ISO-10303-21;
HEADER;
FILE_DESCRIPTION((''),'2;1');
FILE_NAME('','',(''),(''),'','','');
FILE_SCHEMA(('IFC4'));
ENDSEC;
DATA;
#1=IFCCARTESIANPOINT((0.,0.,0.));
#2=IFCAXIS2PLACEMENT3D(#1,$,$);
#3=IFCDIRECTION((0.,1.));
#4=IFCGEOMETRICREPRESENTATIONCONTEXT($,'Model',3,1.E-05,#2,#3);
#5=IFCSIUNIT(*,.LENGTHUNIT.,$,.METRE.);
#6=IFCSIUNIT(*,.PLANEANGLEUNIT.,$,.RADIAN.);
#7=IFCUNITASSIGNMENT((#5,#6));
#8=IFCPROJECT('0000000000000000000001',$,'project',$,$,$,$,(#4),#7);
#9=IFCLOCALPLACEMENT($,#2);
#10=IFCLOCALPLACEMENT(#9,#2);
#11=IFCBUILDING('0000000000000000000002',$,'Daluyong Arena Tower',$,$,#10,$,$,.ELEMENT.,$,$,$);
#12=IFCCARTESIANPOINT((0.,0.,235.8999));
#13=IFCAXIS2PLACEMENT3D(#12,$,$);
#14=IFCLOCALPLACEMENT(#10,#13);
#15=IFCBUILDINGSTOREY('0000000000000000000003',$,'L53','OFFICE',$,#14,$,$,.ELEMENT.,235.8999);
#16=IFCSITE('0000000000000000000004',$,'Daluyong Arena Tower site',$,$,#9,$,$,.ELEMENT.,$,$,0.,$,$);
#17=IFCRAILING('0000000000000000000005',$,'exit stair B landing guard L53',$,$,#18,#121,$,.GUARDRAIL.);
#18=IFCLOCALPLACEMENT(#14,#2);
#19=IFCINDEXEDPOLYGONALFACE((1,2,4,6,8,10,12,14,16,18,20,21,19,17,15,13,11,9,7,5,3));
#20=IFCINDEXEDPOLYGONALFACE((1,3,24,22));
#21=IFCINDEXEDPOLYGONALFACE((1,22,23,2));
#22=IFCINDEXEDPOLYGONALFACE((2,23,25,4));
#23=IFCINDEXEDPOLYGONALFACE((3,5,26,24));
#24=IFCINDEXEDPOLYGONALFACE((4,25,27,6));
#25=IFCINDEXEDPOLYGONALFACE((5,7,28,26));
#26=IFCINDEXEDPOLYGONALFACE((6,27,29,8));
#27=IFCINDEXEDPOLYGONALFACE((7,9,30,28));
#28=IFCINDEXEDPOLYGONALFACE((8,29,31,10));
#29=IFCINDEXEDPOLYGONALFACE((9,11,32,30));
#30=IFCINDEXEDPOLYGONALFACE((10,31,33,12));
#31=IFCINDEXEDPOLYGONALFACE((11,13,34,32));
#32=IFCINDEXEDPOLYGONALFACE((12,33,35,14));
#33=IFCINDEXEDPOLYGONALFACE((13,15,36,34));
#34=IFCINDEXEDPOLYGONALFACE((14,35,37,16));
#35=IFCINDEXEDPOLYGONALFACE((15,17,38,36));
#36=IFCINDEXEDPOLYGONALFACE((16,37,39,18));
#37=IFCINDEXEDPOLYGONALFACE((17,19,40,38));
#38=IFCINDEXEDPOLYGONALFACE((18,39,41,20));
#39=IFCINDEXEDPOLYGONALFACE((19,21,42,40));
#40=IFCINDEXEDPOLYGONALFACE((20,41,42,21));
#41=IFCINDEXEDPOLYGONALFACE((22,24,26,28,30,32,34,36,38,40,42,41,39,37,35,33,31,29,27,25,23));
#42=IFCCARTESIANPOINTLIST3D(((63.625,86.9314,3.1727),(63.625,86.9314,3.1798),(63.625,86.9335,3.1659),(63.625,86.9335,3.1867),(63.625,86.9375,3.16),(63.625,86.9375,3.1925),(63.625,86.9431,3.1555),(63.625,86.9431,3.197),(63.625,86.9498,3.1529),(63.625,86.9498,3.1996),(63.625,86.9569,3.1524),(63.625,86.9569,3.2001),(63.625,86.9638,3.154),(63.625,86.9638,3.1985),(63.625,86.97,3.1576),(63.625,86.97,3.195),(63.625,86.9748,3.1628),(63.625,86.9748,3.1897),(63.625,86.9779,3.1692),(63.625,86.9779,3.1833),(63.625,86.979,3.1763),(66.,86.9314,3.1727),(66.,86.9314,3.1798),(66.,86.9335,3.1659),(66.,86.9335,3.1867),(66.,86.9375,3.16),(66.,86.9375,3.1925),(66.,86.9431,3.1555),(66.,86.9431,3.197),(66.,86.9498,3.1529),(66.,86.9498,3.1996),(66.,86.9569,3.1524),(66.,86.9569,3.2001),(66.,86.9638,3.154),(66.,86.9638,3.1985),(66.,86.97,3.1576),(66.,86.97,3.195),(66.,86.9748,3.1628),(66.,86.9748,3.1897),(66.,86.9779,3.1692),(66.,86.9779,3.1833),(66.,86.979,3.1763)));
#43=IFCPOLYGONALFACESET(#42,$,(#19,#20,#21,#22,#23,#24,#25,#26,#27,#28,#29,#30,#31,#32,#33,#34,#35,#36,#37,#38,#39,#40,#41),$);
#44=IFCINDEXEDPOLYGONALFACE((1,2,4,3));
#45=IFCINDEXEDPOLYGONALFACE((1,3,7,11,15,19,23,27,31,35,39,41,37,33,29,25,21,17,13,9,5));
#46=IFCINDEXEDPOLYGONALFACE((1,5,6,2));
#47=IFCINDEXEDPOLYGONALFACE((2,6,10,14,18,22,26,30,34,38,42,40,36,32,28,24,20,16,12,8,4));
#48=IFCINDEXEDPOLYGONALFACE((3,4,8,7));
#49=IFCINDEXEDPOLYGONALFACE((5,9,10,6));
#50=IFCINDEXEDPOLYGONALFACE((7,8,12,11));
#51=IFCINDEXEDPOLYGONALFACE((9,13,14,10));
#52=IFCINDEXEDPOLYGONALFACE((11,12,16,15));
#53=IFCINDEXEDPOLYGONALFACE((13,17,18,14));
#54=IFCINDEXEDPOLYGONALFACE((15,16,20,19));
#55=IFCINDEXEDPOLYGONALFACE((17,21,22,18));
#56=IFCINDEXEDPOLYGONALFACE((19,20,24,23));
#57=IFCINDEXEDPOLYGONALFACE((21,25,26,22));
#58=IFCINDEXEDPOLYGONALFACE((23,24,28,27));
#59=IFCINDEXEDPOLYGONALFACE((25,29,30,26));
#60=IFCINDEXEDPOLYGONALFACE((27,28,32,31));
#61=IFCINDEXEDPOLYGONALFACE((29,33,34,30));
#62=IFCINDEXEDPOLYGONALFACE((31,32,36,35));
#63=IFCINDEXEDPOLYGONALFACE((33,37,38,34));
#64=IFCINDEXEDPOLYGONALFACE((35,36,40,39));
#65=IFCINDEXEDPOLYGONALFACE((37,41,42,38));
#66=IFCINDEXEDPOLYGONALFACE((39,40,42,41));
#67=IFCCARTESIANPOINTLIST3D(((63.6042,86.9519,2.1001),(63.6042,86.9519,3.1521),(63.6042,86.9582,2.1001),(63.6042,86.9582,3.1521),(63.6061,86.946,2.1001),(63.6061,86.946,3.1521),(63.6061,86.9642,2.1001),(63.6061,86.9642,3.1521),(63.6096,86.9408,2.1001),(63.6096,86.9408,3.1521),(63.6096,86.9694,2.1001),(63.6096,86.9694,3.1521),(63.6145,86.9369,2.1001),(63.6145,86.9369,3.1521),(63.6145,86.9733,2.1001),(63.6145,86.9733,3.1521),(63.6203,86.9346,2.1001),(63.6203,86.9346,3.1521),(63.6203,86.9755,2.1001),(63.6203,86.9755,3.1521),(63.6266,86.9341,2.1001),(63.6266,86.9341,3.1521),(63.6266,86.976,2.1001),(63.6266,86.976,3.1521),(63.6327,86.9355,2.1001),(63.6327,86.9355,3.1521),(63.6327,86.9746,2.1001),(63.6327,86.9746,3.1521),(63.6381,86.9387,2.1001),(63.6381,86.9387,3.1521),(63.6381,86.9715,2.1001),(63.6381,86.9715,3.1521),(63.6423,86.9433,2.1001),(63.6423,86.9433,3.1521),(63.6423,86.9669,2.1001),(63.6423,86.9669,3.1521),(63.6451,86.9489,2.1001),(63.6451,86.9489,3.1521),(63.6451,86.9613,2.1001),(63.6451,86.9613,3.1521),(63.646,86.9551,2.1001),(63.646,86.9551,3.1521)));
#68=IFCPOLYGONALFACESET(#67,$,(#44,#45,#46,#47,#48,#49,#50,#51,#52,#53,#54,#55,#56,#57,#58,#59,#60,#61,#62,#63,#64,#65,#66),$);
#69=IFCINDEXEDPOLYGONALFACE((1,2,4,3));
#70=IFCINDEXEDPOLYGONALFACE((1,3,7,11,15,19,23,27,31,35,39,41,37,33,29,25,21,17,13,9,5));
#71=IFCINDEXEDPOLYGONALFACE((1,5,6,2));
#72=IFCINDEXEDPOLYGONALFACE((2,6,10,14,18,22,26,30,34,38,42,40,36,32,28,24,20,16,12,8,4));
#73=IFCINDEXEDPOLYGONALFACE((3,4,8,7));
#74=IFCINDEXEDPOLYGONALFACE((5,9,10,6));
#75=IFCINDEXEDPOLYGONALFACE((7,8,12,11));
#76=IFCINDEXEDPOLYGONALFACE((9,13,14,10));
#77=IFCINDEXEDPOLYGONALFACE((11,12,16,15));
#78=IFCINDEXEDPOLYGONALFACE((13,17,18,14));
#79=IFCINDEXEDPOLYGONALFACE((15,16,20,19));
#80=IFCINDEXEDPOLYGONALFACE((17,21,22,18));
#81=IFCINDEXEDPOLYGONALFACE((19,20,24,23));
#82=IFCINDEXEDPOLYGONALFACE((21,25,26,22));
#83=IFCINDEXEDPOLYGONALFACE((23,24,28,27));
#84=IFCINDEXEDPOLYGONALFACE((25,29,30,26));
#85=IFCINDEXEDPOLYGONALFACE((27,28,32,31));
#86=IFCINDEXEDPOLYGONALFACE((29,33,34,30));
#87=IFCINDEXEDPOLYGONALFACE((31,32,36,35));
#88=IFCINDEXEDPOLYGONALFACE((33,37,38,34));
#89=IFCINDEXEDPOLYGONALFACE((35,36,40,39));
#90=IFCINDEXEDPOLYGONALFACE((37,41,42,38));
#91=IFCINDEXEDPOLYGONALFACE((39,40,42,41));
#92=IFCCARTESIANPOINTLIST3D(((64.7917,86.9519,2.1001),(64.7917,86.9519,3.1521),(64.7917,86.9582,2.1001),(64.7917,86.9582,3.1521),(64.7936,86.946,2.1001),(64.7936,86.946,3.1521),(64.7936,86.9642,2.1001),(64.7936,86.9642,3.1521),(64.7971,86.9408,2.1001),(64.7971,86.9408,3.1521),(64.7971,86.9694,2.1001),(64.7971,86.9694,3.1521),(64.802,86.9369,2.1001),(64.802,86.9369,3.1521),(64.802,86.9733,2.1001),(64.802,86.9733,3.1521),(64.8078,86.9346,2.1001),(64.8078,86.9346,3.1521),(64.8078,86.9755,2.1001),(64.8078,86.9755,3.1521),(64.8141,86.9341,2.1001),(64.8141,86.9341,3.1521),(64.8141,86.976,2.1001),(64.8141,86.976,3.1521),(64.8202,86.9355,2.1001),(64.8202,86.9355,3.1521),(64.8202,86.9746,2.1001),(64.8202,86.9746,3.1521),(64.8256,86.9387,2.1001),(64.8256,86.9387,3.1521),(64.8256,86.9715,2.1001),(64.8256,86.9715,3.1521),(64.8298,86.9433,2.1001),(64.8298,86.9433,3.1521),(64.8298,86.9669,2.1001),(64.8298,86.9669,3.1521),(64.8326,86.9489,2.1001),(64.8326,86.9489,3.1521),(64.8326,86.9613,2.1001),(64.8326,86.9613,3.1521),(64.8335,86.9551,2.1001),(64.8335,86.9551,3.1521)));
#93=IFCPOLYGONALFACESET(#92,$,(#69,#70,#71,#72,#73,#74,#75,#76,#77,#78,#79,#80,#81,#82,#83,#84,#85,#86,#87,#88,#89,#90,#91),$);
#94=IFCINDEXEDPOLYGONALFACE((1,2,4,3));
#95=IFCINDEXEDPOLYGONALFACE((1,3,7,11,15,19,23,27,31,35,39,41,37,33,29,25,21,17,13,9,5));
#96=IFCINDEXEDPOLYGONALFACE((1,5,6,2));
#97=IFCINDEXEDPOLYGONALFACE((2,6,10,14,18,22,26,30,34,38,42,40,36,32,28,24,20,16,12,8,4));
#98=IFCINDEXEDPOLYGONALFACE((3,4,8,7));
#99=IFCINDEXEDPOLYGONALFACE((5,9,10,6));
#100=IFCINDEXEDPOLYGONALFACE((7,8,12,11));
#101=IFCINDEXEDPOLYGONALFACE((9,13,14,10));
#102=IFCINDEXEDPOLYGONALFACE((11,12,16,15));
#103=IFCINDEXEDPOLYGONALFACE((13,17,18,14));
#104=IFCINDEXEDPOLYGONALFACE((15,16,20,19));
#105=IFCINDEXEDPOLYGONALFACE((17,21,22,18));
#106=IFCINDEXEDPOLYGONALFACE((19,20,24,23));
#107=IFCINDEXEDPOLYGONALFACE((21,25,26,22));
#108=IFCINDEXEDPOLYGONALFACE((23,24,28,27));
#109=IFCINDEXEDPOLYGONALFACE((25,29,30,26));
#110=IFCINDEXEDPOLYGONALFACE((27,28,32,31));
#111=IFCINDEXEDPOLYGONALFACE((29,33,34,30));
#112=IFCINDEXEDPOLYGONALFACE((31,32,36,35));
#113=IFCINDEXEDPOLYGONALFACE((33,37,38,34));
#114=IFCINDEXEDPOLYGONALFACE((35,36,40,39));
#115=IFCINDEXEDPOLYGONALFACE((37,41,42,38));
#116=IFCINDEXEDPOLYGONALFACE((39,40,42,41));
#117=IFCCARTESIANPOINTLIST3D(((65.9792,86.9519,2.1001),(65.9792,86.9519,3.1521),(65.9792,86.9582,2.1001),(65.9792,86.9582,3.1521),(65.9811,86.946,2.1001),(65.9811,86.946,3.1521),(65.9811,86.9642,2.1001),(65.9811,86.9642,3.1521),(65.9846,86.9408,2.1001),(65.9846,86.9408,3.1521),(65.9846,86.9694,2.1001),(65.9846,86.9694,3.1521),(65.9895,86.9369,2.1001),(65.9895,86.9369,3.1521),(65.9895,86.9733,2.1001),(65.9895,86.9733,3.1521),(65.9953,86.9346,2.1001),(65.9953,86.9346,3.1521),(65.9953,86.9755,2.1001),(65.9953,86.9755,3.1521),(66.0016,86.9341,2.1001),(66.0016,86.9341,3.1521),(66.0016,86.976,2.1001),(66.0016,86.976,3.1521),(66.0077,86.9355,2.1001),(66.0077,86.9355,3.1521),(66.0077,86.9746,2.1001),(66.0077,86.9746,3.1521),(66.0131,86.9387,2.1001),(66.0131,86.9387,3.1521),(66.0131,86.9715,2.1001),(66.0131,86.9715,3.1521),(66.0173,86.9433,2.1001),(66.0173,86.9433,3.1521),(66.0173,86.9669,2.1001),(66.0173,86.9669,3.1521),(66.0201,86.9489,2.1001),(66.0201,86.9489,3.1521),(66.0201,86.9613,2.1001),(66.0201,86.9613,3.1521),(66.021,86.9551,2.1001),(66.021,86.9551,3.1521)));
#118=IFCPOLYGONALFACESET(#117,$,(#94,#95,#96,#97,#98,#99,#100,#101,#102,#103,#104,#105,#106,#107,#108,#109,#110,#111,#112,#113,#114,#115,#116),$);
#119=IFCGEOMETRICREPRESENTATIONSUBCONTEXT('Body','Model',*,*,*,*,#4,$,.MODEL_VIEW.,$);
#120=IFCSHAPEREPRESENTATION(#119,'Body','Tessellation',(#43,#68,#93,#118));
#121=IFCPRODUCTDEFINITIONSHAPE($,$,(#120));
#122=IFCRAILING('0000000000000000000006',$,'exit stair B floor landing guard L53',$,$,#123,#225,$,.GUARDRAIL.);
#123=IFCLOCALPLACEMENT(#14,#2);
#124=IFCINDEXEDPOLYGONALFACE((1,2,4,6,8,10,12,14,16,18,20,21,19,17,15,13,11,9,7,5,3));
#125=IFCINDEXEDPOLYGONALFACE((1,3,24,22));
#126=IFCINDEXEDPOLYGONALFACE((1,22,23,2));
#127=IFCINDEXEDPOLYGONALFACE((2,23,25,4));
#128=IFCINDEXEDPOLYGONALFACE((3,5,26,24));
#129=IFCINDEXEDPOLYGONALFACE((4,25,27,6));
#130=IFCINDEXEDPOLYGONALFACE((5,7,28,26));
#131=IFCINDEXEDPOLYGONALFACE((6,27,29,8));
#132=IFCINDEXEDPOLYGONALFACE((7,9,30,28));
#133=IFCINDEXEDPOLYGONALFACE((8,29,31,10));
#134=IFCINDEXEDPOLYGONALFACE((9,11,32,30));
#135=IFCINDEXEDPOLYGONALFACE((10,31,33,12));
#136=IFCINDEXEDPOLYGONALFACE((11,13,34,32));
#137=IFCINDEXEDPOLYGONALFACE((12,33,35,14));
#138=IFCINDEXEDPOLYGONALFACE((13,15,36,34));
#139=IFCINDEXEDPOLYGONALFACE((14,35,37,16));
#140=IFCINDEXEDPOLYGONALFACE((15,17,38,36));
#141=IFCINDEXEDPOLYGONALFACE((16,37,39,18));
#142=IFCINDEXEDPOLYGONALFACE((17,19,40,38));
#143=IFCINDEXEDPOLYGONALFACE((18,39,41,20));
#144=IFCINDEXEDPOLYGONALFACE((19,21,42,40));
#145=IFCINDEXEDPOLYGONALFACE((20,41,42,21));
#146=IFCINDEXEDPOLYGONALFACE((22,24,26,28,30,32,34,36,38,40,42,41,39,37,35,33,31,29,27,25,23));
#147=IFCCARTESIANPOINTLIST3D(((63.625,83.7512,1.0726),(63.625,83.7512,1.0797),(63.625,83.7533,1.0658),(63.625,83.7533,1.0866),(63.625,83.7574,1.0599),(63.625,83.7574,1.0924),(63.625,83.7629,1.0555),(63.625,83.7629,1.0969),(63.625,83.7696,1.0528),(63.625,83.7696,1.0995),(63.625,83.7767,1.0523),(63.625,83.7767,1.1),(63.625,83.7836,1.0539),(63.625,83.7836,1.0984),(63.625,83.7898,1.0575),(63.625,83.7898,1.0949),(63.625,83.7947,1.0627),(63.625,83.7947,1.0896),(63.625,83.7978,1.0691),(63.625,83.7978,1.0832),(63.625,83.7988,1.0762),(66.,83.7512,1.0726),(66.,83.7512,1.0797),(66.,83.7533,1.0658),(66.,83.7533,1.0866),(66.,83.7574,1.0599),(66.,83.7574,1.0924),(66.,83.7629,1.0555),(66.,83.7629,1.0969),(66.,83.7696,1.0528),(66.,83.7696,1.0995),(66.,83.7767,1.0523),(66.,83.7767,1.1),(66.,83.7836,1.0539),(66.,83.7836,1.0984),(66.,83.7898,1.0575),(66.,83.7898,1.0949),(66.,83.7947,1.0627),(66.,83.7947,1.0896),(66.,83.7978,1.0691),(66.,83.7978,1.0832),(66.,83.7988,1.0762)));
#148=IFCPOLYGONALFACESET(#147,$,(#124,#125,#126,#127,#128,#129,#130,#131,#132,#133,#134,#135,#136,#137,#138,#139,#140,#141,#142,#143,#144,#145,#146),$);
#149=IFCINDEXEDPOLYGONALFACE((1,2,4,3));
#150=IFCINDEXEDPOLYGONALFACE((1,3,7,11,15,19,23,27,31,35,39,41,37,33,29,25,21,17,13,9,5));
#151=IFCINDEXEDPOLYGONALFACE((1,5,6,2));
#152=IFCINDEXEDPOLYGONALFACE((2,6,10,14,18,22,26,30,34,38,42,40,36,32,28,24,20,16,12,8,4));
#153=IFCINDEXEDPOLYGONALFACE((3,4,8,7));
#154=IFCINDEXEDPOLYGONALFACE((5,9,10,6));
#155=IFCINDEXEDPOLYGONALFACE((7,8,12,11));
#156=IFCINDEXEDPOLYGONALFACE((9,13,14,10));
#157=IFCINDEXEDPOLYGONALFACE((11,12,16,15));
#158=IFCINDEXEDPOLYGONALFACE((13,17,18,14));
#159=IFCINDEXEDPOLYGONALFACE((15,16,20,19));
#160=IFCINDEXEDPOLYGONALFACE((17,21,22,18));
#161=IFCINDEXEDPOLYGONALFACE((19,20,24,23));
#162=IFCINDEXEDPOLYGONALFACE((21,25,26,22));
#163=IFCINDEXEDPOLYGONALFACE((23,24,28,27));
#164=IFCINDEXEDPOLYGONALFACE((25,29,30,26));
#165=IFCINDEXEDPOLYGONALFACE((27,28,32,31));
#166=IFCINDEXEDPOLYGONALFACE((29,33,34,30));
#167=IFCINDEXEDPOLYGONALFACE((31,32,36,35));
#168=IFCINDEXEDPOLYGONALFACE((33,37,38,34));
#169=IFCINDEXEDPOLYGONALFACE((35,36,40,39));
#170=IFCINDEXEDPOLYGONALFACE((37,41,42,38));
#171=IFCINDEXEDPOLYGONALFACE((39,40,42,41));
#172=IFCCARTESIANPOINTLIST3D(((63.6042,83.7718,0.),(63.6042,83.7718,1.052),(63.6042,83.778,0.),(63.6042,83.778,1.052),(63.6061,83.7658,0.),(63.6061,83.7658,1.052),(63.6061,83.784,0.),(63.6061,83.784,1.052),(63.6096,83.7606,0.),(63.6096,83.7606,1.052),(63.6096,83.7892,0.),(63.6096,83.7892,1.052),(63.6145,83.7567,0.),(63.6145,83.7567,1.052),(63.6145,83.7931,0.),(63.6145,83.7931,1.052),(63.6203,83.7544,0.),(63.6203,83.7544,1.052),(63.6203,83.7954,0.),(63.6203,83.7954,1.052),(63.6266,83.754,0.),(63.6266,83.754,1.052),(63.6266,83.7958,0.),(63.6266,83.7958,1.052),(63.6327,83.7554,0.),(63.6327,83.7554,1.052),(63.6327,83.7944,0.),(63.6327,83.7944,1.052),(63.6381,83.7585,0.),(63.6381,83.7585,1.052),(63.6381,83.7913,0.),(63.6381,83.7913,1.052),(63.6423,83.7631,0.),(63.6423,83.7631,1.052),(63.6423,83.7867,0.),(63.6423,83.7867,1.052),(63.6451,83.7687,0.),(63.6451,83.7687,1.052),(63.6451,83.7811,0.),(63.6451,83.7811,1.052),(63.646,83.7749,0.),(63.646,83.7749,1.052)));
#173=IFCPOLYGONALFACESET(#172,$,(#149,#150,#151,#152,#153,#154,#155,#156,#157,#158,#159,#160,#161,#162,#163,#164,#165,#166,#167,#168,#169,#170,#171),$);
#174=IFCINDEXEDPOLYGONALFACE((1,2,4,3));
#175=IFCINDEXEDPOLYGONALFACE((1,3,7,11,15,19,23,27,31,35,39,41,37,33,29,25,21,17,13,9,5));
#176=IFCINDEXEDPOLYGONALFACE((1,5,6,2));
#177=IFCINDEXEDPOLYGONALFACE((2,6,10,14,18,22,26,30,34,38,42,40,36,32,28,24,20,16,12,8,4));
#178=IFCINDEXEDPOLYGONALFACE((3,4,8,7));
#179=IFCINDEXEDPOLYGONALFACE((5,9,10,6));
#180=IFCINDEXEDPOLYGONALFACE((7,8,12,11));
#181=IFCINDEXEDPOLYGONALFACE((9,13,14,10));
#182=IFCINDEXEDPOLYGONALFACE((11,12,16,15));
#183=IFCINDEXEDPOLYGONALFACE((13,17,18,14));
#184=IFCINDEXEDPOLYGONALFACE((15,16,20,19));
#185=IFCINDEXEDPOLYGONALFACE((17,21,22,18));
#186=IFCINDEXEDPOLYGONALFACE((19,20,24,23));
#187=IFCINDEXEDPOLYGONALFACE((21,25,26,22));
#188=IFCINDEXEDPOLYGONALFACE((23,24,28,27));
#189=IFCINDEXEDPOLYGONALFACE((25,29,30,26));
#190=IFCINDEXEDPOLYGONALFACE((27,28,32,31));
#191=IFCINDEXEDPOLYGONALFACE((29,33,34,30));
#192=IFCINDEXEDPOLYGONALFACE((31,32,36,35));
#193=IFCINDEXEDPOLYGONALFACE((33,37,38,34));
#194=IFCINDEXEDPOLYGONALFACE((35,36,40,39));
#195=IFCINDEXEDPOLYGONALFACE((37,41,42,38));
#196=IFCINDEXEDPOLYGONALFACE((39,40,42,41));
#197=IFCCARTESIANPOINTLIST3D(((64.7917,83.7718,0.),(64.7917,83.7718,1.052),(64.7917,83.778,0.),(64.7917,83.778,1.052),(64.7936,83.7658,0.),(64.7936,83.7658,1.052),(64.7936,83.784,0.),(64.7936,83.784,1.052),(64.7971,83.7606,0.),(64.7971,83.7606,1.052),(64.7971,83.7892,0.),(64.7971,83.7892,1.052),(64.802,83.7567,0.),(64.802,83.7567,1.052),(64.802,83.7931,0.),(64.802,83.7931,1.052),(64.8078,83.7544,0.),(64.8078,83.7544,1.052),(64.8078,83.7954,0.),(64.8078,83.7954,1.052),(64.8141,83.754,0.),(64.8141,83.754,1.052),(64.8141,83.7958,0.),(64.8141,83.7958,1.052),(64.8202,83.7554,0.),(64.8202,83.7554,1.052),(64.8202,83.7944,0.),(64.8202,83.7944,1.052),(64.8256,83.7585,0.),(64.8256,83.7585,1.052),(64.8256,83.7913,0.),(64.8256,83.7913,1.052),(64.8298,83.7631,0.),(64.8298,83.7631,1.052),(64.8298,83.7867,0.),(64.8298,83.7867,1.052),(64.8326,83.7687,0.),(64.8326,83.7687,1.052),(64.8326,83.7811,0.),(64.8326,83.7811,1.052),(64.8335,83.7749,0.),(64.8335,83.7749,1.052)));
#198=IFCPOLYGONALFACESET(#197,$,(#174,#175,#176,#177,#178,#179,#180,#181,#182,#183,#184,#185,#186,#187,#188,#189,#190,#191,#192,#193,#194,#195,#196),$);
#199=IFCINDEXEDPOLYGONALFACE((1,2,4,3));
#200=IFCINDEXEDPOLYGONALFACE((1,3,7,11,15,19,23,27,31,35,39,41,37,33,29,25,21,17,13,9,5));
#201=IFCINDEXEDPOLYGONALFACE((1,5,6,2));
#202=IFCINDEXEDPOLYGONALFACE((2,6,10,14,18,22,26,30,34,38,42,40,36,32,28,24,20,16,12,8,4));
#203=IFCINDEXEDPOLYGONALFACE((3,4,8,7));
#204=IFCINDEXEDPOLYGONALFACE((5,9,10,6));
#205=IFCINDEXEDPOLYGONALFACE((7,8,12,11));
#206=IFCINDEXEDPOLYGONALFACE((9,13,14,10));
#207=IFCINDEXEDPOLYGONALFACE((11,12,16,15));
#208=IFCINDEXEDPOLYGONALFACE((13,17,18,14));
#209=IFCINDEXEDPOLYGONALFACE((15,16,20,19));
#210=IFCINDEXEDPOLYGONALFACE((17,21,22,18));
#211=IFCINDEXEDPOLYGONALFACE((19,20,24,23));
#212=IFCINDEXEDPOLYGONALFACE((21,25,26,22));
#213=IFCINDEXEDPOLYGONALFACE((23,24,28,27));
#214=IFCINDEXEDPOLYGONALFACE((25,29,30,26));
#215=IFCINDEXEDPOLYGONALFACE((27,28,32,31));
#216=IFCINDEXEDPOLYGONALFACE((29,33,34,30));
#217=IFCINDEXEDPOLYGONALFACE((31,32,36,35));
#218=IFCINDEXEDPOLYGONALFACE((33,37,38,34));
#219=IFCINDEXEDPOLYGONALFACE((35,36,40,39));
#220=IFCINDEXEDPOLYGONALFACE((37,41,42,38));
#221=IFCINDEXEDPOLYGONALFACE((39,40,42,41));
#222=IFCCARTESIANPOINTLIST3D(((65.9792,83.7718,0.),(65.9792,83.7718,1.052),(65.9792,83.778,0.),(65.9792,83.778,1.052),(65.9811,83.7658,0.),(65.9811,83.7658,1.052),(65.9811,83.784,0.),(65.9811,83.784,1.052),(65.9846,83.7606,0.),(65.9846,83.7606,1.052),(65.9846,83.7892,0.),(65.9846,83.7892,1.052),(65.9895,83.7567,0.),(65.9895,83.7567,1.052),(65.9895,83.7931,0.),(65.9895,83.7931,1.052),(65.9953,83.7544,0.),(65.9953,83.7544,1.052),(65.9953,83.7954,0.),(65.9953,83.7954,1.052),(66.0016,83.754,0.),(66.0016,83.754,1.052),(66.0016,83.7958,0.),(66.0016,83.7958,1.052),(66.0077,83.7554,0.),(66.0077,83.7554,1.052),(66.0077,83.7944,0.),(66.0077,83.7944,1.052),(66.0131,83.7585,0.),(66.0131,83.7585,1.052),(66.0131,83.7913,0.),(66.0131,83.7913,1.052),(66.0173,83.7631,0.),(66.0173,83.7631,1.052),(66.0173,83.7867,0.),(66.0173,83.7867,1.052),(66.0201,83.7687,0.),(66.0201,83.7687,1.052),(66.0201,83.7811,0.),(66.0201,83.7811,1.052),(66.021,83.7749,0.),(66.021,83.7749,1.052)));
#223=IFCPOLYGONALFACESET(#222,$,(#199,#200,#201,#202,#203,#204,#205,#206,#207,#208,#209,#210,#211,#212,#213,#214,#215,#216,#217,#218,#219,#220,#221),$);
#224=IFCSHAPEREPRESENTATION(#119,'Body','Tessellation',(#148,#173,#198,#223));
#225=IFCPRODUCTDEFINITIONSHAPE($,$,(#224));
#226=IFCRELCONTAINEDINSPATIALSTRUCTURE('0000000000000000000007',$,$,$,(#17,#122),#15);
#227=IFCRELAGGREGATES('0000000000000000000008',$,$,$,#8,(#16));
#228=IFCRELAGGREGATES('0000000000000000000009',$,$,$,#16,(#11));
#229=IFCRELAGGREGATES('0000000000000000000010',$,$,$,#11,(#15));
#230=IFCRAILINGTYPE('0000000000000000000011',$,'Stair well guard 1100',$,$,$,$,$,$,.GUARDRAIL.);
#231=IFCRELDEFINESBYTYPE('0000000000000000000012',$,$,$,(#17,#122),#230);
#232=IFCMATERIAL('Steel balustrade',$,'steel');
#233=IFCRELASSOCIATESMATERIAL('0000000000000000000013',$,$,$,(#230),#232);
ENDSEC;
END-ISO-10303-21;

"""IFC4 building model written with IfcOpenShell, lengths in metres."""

from ifc_helpers import new_model, si_unit, direction, frame, origin, origin_2d, place, context, subcontext, project, spatial, circle, extrude, material, type_object, element, save


model = new_model("IFC4")

# Units and contexts
model_context = context("Model", 3, precision=1e-05, world=origin(), true_north=direction((0.0, 1.0)))
body_context = subcontext(model_context, "Body", "Model", "MODEL_VIEW")
ifc_project = project(units=[si_unit("LENGTHUNIT", "METRE"), si_unit("PLANEANGLEUNIT", "RADIAN")], contexts=[model_context])

# Site, building, storey
site_placement = place(None, origin())
site = spatial("IfcSite", under=ifc_project, at=site_placement, Name="Daluyong Arena Tower site", CompositionType="ELEMENT", RefElevation=0.0)
building_placement = place(site_placement, origin())
building = spatial("IfcBuilding", under=site, at=building_placement, Name="Daluyong Arena Tower", CompositionType="ELEMENT")
storey_placement = place(building_placement, frame((0.0, 0.0, 235.8999)))
storey = spatial("IfcBuildingStorey", under=building, at=storey_placement, Name="L53", Description="OFFICE", CompositionType="ELEMENT", Elevation=235.8999)

# Railings
ifc_material_1 = material(Name="Steel balustrade", Category="steel")
railing_type_1 = type_object("IfcRailingType", Name="Stair well guard 1100", PredefinedType="GUARDRAIL", material=ifc_material_1)
for number, where, name in (
    (1, (63.625, 86.9551, 2.1001), "exit stair B landing guard L53"),
    (2, (63.625, 83.7749, 0.0), "exit stair B floor landing guard L53"),
):
    element("IfcRailing", number, at=place(storey_placement, frame(where)), inside=storey, type_object=railing_type_1, Name=name, PredefinedType="GUARDRAIL", context=body_context, shape_type="SweptSolid", body=[
        extrude(circle(Radius=0.0239, at=origin_2d()), frame((0.0, 0.0, 1.0762), z_axis=(1.0, 0.0, 0.0), x_axis=(0.0, 1.0, 0.0)), (0.0, 0.0, 1.0), 2.375),
        extrude(circle(Radius=0.021, at=origin_2d()), origin(), (0.0, 0.0, 1.0), 1.052),
        extrude(circle(Radius=0.021, at=origin_2d()), frame((1.1875, 0.0, 0.0)), (0.0, 0.0, 1.0), 1.052),
        extrude(circle(Radius=0.021, at=origin_2d()), frame((2.375, 0.0, 0.0)), (0.0, 0.0, 1.0), 1.052),
    ])

save(model, "model.ifc")
